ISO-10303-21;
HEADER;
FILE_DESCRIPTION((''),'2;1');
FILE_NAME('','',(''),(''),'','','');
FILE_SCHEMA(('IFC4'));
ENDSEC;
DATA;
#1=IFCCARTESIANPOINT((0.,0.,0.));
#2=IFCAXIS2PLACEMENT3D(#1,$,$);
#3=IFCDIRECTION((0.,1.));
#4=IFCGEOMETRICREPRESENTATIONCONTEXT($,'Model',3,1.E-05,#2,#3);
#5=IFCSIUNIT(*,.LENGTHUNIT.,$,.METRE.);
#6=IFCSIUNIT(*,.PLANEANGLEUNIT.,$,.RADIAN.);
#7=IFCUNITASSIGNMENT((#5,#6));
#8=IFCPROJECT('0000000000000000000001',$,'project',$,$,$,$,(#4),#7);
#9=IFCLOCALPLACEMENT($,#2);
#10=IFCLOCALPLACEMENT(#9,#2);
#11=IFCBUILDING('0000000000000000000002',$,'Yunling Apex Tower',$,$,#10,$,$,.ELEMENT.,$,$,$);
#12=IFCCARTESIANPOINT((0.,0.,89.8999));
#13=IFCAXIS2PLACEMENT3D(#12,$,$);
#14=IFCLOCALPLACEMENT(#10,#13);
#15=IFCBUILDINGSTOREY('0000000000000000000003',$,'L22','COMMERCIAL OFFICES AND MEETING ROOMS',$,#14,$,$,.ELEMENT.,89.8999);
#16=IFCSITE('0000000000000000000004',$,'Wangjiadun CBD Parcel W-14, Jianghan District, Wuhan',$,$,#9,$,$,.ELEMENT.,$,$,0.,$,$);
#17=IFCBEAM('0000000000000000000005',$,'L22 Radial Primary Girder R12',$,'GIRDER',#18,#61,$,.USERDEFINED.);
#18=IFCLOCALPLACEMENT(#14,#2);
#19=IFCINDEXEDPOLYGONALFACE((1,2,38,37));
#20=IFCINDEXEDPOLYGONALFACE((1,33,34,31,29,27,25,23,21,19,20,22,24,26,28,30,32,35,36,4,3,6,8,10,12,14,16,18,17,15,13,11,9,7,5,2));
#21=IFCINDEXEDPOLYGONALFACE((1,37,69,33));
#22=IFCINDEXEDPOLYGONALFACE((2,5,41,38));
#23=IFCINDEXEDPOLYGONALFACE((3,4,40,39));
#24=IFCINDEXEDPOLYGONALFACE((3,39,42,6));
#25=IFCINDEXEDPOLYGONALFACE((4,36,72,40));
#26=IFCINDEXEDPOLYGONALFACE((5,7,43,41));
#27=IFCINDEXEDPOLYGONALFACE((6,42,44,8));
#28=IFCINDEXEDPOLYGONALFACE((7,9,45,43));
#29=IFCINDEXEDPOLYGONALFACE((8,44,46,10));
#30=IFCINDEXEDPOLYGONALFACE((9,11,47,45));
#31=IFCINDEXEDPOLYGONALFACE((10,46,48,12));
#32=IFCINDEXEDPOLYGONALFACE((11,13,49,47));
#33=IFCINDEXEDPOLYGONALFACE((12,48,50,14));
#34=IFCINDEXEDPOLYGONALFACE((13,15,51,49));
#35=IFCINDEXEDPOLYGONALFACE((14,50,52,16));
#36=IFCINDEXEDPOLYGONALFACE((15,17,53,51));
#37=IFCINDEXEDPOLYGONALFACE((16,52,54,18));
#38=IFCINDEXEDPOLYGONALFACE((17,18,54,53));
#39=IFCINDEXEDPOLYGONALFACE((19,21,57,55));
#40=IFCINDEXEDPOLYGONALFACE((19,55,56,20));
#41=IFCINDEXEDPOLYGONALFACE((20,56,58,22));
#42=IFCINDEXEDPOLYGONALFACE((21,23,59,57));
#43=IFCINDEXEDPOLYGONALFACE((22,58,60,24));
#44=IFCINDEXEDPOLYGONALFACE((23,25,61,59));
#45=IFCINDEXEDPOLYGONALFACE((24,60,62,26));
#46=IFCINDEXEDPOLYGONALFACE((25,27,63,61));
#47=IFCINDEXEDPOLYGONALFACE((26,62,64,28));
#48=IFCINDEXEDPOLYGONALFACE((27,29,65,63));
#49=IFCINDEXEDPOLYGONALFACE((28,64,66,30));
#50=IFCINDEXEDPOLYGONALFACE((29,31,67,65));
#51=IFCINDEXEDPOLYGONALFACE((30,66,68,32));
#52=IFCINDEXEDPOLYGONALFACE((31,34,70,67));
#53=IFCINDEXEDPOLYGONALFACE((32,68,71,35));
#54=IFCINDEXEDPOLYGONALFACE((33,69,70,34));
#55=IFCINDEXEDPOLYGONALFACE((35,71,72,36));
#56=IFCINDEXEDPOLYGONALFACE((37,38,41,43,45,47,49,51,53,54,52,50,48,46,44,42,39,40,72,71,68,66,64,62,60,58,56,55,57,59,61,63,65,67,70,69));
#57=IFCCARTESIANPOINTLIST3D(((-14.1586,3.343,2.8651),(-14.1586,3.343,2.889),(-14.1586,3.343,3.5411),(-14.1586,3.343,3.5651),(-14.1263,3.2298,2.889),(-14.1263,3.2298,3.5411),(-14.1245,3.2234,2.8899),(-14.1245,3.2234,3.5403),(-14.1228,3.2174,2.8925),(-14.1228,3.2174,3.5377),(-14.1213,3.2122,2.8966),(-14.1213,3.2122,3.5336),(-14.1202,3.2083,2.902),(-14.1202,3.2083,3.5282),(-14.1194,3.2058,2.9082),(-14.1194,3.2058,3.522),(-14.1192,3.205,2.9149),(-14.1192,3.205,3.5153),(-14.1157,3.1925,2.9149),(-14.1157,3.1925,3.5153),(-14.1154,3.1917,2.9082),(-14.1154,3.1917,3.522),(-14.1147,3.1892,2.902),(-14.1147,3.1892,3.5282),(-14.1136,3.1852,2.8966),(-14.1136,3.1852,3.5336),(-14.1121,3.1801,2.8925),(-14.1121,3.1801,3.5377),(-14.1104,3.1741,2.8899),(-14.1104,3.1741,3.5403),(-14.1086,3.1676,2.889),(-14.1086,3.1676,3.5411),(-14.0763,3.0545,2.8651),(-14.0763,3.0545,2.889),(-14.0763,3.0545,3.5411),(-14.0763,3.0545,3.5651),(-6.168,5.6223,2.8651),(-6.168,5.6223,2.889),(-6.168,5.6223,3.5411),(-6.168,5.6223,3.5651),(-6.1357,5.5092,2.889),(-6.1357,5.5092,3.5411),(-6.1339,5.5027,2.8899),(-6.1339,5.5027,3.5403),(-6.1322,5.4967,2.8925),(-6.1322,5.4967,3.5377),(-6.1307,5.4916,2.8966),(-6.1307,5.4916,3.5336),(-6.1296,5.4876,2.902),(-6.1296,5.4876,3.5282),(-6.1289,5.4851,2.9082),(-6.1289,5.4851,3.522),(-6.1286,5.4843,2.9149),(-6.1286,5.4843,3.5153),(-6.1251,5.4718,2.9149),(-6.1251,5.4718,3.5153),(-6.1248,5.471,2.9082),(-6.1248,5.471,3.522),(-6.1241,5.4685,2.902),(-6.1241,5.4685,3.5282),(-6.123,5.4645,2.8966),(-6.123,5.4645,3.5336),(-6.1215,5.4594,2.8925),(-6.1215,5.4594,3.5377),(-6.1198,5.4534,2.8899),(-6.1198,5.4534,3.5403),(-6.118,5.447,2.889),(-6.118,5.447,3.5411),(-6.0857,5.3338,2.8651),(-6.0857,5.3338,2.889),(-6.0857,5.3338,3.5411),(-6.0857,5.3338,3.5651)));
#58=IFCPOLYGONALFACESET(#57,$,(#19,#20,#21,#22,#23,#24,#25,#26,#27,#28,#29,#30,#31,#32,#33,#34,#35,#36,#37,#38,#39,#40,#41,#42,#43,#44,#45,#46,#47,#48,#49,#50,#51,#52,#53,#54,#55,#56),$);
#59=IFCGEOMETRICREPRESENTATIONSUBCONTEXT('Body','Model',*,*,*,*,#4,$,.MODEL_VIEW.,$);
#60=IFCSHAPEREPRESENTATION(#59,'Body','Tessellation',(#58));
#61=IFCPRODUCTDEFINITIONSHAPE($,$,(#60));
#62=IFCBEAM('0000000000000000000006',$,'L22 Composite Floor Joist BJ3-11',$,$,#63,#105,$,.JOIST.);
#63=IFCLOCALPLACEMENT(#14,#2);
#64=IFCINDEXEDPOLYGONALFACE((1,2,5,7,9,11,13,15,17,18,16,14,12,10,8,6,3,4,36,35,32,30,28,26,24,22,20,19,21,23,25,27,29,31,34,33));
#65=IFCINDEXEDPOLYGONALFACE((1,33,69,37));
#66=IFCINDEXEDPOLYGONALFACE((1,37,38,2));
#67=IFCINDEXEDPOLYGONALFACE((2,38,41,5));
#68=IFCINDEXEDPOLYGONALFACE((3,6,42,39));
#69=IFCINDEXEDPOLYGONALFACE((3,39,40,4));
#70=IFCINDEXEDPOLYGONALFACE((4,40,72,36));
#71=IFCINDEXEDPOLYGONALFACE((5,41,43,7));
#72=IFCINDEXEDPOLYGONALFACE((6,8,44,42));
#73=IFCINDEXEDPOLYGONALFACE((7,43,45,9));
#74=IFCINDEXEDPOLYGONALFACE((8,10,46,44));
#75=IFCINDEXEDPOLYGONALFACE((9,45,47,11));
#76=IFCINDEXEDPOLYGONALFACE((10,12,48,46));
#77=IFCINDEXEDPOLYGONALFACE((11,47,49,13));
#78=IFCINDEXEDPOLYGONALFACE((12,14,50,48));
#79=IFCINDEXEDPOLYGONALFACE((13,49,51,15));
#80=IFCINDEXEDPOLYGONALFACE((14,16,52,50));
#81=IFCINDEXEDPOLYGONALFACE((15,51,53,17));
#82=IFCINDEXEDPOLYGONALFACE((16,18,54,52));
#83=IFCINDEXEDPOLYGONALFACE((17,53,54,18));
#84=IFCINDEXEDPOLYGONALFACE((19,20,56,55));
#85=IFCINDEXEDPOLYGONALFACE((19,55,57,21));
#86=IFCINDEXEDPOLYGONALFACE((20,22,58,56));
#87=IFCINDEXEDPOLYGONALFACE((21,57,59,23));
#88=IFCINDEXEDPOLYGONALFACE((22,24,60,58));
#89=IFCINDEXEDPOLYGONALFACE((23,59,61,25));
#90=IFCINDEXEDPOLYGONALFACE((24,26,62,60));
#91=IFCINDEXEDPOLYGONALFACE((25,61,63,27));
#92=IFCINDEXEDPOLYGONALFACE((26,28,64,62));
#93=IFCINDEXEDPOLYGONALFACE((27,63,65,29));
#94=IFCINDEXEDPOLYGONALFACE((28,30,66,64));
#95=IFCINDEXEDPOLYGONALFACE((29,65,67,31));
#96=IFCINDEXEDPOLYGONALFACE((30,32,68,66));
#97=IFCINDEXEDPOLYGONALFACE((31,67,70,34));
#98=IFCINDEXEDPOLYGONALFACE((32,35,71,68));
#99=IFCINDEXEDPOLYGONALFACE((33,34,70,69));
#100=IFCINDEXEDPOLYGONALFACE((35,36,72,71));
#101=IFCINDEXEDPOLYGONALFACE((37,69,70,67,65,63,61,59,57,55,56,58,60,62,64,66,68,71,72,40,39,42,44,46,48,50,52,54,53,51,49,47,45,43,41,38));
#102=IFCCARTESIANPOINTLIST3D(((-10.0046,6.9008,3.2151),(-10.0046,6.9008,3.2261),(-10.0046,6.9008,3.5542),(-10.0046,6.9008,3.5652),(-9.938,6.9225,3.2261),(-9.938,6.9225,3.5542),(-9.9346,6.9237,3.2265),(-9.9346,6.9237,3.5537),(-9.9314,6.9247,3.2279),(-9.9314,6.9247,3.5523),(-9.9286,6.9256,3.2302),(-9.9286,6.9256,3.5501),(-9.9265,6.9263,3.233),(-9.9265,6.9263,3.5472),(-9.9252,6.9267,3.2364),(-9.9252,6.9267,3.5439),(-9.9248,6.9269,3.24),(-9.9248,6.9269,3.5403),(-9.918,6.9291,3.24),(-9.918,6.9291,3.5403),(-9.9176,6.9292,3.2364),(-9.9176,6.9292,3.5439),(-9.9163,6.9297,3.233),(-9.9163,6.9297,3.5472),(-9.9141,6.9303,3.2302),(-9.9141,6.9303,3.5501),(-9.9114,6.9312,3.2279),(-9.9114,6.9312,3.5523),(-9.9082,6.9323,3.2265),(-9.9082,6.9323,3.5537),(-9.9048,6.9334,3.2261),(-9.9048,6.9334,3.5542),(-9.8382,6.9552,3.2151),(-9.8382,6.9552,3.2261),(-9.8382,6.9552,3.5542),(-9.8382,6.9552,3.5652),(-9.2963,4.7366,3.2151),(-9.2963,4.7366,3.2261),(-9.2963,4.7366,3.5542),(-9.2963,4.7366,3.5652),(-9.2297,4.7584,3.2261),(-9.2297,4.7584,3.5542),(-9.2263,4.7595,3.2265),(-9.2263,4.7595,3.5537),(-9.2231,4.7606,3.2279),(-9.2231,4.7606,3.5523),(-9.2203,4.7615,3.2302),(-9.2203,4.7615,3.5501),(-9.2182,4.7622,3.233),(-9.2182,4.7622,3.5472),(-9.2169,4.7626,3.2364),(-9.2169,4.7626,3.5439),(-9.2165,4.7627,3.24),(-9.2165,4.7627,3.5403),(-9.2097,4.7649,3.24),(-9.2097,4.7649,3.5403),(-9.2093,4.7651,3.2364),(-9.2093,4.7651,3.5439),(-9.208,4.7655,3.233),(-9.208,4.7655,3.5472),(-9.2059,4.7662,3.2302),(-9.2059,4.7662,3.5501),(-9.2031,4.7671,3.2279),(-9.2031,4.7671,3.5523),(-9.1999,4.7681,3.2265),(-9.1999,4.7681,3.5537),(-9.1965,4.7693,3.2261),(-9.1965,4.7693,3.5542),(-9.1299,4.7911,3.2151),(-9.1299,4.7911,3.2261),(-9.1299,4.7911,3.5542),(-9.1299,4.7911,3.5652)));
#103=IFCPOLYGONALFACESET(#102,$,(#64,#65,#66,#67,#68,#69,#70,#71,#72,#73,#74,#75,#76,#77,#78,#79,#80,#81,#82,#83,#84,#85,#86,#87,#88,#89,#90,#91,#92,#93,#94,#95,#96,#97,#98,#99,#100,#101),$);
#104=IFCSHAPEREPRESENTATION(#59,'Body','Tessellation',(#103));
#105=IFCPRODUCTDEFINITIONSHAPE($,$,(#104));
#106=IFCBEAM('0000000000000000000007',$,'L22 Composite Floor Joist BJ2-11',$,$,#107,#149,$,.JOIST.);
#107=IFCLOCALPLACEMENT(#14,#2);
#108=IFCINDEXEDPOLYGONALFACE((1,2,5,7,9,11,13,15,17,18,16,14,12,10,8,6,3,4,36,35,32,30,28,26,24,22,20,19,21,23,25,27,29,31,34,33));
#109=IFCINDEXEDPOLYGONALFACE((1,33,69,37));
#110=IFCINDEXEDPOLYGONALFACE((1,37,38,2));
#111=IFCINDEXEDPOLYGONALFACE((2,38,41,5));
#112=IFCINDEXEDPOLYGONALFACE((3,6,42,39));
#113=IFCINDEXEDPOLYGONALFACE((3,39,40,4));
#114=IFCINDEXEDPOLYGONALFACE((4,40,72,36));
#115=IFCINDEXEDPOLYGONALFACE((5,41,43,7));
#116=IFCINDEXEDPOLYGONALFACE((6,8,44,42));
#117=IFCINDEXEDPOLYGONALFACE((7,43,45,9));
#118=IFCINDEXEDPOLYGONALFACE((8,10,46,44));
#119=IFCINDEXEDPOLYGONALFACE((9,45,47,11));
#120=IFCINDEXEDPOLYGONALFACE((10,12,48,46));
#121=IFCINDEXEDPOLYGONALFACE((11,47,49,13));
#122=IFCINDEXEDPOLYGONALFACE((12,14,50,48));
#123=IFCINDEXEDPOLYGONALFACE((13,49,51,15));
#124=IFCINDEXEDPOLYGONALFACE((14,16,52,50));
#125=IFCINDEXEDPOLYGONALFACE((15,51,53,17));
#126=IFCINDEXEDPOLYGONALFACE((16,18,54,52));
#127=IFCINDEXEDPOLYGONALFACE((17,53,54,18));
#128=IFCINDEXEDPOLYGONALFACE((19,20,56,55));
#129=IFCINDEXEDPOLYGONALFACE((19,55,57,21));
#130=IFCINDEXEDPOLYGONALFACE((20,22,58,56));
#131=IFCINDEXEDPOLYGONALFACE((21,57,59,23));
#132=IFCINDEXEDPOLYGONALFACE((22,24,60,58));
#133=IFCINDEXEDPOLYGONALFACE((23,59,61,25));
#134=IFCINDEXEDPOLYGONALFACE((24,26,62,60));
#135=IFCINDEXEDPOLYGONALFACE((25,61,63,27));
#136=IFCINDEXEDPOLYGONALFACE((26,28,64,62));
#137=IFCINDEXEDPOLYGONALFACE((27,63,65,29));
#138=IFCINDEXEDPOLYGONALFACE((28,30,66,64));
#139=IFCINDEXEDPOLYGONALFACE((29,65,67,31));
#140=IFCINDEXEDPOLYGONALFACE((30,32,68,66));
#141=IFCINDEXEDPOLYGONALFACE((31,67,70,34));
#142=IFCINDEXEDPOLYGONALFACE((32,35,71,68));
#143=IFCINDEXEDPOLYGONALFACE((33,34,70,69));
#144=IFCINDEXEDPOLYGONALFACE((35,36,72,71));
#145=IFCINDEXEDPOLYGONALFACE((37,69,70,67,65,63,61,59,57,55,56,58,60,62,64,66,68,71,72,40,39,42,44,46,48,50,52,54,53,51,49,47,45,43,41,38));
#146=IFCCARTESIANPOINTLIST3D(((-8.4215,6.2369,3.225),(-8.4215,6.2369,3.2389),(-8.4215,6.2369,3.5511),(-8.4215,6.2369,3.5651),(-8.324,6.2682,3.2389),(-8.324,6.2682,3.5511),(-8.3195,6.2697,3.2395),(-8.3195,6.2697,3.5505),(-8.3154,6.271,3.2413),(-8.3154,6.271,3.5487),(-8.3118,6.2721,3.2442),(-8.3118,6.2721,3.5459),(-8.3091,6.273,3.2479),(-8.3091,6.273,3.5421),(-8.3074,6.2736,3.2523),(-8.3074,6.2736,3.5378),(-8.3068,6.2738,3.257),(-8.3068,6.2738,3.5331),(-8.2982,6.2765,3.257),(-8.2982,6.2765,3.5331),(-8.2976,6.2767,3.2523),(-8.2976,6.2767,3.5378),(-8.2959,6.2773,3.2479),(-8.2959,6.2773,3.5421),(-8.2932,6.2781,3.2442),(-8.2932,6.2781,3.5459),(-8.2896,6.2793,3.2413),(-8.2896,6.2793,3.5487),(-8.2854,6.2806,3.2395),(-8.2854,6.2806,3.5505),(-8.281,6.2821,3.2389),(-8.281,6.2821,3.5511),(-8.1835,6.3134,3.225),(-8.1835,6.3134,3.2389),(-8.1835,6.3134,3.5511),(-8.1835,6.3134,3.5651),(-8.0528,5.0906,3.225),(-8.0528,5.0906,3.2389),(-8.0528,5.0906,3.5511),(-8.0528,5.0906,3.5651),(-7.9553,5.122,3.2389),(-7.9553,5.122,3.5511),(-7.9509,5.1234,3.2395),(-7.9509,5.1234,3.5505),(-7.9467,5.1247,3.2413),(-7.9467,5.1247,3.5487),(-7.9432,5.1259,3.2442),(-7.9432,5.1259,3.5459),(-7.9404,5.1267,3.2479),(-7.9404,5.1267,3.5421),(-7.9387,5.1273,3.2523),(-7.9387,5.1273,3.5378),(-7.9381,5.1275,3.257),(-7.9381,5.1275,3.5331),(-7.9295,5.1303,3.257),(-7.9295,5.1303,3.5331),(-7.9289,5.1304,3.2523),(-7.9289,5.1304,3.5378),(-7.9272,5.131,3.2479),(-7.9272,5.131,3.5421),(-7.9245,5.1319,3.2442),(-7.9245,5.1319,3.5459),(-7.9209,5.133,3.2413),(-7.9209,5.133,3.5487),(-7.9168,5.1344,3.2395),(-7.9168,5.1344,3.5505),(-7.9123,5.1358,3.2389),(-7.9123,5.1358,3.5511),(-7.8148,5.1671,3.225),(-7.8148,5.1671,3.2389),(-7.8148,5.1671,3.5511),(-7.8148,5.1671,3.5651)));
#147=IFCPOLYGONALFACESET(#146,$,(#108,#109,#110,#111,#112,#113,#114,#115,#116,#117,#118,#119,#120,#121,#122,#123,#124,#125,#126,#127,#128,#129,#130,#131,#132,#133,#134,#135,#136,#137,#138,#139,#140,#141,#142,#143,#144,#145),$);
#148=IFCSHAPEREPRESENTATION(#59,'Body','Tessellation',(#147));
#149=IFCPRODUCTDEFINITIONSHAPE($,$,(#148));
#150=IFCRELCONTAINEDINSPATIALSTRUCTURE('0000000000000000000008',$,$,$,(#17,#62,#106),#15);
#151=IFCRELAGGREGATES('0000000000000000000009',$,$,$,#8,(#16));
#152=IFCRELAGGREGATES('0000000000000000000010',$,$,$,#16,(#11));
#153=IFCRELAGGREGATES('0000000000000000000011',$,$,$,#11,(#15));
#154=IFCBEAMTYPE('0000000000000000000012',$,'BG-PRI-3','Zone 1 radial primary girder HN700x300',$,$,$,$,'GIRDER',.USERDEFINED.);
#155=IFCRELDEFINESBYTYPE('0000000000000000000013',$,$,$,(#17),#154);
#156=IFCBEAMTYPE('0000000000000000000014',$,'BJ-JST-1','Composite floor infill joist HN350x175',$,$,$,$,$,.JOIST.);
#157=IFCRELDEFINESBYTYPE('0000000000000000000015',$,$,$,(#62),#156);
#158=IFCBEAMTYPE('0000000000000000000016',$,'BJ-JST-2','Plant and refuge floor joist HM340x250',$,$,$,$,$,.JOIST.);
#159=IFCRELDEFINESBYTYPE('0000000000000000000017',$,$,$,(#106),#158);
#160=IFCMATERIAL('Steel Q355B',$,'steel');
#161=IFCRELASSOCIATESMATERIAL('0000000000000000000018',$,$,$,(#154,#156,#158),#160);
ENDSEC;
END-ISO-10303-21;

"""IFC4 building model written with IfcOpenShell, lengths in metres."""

from ifc_helpers import new_model, si_unit, direction, frame, origin, origin_2d, place, context, subcontext, project, spatial, i_section, extrude, source, transform, mapped, material, material_profile, profile_set, type_object, element, save


model = new_model("IFC4")

# Units and contexts
model_context = context("Model", 3, precision=1e-05, world=origin(), true_north=direction((0.0, 1.0)))
body_context = subcontext(model_context, "Body", "Model", "MODEL_VIEW")
ifc_project = project(units=[si_unit("LENGTHUNIT", "METRE"), si_unit("PLANEANGLEUNIT", "RADIAN")], contexts=[model_context])

# Site, building, storey
site_placement = place(None, origin())
site = spatial("IfcSite", under=ifc_project, at=site_placement, Name="Wangjiadun CBD Parcel W-14, Jianghan District, Wuhan", CompositionType="ELEMENT", RefElevation=0.0)
building_placement = place(site_placement, origin())
building = spatial("IfcBuilding", under=site, at=building_placement, Name="Yunling Apex Tower", CompositionType="ELEMENT")
storey_placement = place(building_placement, frame((0.0, 0.0, 89.8999)))
storey = spatial("IfcBuildingStorey", under=building, at=storey_placement, Name="L22", Description="COMMERCIAL OFFICES AND MEETING ROOMS", CompositionType="ELEMENT", Elevation=89.8999)

# Beams
ifc_material_1 = material(Name="Steel Q355B", Category="steel")
ifc_material_profile_1 = material_profile(ifc_material_1, i_section(OverallWidth=0.3, OverallDepth=0.7, WebThickness=0.0129, FlangeThickness=0.0239, FilletRadius=0.0259, at=origin_2d()))
ifc_profile_set_1 = profile_set([ifc_material_profile_1], Name="Steel Q355B")
beam_type_1 = type_object("IfcBeamType", Name="BG-PRI-3", Description="Zone 1 radial primary girder HN700x300", ElementType="GIRDER", PredefinedType="USERDEFINED", material=ifc_profile_set_1)
shared_shape_1 = source(origin(), body_context, "Body", "SweptSolid", [
    extrude(i_section(OverallWidth=0.3, OverallDepth=0.7, WebThickness=0.0129, FlangeThickness=0.0239, FilletRadius=0.0259, at=origin_2d()), origin(), (0.0, 0.0, 1.0), 8.3093),
])
beam_1_placement = place(storey_placement, frame((-14.1174, 3.1987, 3.2151), z_axis=(0.961641, 0.27431, 0.0), x_axis=(-0.27431, 0.961641, 0.0)))
element("IfcBeam", 1, at=beam_1_placement, inside=storey, type_object=beam_type_1, Name="L22 Radial Primary Girder R12", ObjectType="GIRDER", PredefinedType="USERDEFINED", context=body_context, shape_type="MappedRepresentation", body=[
    mapped(shared_shape_1, transform((0.0, 0.0, 0.0), scale=1.0)),
])
ifc_material_profile_2 = material_profile(ifc_material_1, i_section(OverallWidth=0.175, OverallDepth=0.3501, WebThickness=0.0071, FlangeThickness=0.011, FilletRadius=0.0139, at=origin_2d()))
ifc_profile_set_2 = profile_set([ifc_material_profile_2], Name="Steel Q355B")
beam_type_2 = type_object("IfcBeamType", Name="BJ-JST-1", Description="Composite floor infill joist HN350x175", PredefinedType="JOIST", material=ifc_profile_set_2)
shared_shape_2 = source(origin(), body_context, "Body", "SweptSolid", [
    extrude(i_section(OverallWidth=0.175, OverallDepth=0.3501, WebThickness=0.0071, FlangeThickness=0.011, FilletRadius=0.0139, at=origin_2d()), origin(), (0.0, 0.0, 1.0), 2.2771),
])
beam_2_placement = place(storey_placement, frame((-9.9214, 6.928, 3.3901), z_axis=(0.311044, -0.950395, 0.0), x_axis=(0.950395, 0.311044, 0.0)))
element("IfcBeam", 2, at=beam_2_placement, inside=storey, type_object=beam_type_2, Name="L22 Composite Floor Joist BJ3-11", PredefinedType="JOIST", context=body_context, shape_type="MappedRepresentation", body=[
    mapped(shared_shape_2, transform((0.0, 0.0, 0.0), scale=1.0)),
])
ifc_material_profile_3 = material_profile(ifc_material_1, i_section(OverallWidth=0.25, OverallDepth=0.3401, WebThickness=0.009, FlangeThickness=0.0139, FilletRadius=0.0181, at=origin_2d()))
ifc_profile_set_3 = profile_set([ifc_material_profile_3], Name="Steel Q355B")
beam_type_3 = type_object("IfcBeamType", Name="BJ-JST-2", Description="Plant and refuge floor joist HM340x250", PredefinedType="JOIST", material=ifc_profile_set_3)
shared_shape_3 = source(origin(), body_context, "Body", "SweptSolid", [
    extrude(i_section(OverallWidth=0.25, OverallDepth=0.3401, WebThickness=0.009, FlangeThickness=0.0139, FilletRadius=0.0181, at=origin_2d()), origin(), (0.0, 0.0, 1.0), 1.2041),
])
beam_3_placement = place(storey_placement, frame((-8.3025, 6.2751, 3.395), z_axis=(0.306173, -0.951976, 0.0), x_axis=(0.951976, 0.306173, 0.0)))
element("IfcBeam", 3, at=beam_3_placement, inside=storey, type_object=beam_type_3, Name="L22 Composite Floor Joist BJ2-11", PredefinedType="JOIST", context=body_context, shape_type="MappedRepresentation", body=[
    mapped(shared_shape_3, transform((0.0, 0.0, 0.0), scale=1.0)),
])

save(model, "model.ifc")
